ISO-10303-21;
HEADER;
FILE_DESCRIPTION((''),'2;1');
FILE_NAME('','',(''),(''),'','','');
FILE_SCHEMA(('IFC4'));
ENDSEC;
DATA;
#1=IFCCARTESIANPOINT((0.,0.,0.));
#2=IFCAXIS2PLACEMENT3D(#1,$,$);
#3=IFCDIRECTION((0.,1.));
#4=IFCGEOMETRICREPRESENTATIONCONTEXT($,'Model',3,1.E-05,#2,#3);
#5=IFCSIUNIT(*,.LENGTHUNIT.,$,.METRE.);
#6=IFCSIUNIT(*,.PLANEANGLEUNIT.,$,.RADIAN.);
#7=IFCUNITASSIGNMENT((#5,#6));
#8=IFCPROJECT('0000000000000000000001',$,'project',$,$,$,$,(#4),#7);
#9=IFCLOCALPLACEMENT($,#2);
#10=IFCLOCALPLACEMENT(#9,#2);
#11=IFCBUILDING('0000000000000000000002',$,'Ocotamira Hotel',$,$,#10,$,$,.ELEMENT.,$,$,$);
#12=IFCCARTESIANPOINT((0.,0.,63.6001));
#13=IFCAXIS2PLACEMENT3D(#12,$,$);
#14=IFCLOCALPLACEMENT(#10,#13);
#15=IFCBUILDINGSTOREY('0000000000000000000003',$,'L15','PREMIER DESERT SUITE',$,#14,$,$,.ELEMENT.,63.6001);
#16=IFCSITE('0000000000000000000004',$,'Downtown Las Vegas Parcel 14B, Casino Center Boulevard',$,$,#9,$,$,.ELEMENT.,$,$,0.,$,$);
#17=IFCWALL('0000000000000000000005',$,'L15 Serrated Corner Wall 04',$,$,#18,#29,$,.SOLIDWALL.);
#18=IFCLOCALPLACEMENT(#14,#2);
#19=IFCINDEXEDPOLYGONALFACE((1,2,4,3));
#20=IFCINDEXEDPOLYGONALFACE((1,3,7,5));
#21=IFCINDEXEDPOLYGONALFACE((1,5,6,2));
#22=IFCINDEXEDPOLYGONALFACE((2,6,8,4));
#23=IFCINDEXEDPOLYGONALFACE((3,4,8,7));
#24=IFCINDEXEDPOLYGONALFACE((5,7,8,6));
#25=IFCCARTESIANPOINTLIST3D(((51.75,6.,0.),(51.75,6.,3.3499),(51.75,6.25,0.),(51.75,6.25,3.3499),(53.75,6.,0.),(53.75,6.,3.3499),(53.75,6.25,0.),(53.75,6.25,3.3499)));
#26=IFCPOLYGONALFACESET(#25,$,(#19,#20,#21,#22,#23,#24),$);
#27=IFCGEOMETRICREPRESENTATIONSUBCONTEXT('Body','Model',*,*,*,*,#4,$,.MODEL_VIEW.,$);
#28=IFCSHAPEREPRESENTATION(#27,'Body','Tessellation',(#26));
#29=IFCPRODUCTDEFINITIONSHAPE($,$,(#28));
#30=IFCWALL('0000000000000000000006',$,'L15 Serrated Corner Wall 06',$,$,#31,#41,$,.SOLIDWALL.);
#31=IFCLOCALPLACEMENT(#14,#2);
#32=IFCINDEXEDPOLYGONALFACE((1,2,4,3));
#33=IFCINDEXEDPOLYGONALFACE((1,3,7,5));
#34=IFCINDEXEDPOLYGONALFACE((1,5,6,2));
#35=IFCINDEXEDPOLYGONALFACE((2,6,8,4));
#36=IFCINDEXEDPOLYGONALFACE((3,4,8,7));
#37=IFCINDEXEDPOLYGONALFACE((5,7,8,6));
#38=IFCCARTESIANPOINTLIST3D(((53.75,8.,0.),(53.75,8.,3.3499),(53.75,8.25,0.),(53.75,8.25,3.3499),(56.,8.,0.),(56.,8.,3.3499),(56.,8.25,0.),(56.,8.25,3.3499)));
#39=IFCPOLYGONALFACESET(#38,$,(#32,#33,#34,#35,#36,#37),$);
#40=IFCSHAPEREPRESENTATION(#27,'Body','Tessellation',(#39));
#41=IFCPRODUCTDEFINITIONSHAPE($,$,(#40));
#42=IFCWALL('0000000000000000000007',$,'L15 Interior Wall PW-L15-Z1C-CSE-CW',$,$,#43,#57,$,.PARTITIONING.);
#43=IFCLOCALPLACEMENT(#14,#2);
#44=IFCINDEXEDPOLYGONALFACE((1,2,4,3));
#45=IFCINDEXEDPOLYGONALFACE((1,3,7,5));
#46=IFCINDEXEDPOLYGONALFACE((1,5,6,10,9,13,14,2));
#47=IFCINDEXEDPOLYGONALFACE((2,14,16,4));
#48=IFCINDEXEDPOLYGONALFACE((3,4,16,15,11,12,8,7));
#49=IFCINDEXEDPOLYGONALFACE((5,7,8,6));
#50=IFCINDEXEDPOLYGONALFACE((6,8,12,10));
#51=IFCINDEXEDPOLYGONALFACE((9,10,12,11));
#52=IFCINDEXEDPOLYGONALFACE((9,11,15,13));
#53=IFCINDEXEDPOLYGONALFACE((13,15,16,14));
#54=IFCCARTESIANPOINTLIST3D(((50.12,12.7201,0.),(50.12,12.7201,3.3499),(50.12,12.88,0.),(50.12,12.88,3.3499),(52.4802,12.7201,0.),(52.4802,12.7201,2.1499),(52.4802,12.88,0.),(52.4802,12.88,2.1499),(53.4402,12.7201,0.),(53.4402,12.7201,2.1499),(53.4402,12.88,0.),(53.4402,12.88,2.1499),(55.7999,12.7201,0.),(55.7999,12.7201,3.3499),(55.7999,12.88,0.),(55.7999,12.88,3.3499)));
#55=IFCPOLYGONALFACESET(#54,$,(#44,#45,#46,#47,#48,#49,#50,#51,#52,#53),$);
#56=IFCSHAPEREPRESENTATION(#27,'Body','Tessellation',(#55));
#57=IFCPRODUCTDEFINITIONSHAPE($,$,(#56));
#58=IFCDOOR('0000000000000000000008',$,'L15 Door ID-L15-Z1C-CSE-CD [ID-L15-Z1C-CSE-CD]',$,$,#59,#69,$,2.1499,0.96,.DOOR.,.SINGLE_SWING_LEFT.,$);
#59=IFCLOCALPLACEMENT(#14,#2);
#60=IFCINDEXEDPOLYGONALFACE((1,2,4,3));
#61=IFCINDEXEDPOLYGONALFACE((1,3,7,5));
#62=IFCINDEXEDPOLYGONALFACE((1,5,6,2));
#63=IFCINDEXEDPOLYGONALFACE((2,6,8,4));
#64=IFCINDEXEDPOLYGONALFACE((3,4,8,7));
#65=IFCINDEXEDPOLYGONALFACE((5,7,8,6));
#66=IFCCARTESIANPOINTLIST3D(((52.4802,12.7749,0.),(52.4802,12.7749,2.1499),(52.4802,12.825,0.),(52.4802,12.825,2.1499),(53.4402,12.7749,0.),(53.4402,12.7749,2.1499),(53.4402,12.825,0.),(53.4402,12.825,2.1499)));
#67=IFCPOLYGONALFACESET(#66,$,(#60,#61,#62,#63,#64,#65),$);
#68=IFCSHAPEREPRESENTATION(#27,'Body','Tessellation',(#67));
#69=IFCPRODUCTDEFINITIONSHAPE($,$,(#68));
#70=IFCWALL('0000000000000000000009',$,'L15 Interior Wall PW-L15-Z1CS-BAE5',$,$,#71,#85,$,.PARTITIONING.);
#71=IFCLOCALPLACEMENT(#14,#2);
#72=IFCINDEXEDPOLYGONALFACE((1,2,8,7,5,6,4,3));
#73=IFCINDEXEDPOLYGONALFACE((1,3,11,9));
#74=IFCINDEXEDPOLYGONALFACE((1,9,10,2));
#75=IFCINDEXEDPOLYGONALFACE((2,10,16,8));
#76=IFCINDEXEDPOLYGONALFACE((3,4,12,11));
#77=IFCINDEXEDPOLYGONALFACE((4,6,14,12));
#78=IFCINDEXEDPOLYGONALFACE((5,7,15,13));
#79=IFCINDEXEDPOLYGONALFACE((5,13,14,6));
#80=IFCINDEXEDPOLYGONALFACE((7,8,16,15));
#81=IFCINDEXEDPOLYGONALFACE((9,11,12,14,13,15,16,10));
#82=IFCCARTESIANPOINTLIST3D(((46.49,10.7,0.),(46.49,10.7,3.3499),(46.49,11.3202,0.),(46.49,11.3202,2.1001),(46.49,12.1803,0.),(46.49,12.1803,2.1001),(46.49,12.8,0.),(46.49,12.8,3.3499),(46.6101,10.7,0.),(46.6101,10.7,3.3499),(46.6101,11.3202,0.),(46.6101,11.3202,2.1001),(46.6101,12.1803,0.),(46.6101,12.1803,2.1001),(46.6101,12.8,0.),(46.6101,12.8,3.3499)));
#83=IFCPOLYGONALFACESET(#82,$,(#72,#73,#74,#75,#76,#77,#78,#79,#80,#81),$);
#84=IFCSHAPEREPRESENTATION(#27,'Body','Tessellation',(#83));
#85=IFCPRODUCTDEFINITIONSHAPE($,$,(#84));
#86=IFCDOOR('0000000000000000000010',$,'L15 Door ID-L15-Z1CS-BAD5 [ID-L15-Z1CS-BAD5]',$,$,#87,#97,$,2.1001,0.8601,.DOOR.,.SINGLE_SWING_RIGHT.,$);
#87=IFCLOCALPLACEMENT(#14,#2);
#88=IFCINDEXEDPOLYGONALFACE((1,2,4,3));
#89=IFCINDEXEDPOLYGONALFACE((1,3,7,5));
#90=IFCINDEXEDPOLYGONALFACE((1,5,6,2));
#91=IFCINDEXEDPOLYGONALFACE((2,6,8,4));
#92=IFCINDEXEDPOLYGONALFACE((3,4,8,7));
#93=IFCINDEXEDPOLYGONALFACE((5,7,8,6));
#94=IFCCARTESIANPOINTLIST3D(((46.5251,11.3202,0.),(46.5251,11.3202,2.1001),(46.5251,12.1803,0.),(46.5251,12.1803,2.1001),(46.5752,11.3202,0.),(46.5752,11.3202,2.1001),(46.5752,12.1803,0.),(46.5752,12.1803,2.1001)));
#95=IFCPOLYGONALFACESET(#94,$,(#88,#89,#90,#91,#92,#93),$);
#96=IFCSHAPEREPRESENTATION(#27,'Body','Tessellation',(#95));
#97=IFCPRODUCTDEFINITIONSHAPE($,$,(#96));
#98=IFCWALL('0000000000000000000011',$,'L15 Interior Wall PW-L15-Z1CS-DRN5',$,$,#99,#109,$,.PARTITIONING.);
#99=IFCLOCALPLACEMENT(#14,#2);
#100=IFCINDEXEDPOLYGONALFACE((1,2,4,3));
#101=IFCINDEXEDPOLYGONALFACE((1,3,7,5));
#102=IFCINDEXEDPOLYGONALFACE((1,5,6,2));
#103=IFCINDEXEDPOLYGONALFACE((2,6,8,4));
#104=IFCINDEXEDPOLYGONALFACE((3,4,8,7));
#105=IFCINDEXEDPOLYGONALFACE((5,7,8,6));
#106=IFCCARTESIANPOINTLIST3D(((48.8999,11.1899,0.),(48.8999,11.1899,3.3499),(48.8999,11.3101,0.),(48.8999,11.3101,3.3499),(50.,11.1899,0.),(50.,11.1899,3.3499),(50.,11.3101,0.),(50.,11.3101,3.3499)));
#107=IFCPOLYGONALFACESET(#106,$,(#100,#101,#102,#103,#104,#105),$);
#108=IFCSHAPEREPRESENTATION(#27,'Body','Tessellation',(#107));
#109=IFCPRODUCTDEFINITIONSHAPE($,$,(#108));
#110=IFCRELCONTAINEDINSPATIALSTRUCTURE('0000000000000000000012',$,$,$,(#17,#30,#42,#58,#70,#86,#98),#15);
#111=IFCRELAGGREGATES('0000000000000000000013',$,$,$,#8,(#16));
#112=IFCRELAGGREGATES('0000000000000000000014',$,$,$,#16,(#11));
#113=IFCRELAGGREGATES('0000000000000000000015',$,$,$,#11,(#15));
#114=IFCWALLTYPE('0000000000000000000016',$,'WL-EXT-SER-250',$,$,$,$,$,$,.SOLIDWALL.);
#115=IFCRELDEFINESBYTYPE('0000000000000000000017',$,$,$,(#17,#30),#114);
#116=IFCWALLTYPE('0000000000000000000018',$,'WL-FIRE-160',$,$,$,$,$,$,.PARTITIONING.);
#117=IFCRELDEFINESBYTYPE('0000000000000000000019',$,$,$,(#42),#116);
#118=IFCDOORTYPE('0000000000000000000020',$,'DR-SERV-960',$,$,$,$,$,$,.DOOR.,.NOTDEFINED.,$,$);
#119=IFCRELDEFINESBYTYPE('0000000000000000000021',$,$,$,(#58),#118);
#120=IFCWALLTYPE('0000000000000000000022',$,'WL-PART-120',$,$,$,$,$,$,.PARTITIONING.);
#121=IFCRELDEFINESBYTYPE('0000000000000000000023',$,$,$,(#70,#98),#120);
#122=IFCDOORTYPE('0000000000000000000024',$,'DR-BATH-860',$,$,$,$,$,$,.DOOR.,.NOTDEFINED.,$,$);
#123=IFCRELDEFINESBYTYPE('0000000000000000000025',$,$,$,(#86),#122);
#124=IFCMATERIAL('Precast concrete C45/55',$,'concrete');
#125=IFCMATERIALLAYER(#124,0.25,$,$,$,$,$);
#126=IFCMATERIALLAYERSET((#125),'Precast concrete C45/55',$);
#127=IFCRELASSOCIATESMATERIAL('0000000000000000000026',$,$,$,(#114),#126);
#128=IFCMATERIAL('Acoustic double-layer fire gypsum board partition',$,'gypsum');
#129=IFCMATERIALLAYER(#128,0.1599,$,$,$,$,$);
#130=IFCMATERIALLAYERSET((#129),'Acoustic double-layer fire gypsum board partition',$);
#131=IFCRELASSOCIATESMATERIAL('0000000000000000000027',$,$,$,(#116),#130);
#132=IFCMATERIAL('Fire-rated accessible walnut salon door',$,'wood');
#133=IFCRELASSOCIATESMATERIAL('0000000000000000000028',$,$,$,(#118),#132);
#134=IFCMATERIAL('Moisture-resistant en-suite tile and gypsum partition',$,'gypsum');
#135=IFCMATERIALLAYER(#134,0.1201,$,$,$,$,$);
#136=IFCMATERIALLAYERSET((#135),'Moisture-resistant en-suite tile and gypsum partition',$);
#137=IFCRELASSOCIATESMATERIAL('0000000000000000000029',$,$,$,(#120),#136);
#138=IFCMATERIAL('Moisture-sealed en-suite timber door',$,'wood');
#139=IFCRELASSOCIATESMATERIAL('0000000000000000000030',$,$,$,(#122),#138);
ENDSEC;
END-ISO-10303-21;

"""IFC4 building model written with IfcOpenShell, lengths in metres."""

from ifc_helpers import new_model, si_unit, direction, frame, frame_2d, origin, place, context, subcontext, project, spatial, rectangle, extrude, source, transform, mapped, material, layer, layer_set, type_object, element, fill, save


model = new_model("IFC4")

# Units and contexts
model_context = context("Model", 3, precision=1e-05, world=origin(), true_north=direction((0.0, 1.0)))
body_context = subcontext(model_context, "Body", "Model", "MODEL_VIEW")
ifc_project = project(units=[si_unit("LENGTHUNIT", "METRE"), si_unit("PLANEANGLEUNIT", "RADIAN")], contexts=[model_context])

# Site, building, storey
site_placement = place(None, origin())
site = spatial("IfcSite", under=ifc_project, at=site_placement, Name="Downtown Las Vegas Parcel 14B, Casino Center Boulevard", CompositionType="ELEMENT", RefElevation=0.0)
building_placement = place(site_placement, origin())
building = spatial("IfcBuilding", under=site, at=building_placement, Name="Ocotamira Hotel", CompositionType="ELEMENT")
storey_placement = place(building_placement, frame((0.0, 0.0, 63.6001)))
storey = spatial("IfcBuildingStorey", under=building, at=storey_placement, Name="L15", Description="PREMIER DESERT SUITE", CompositionType="ELEMENT", Elevation=63.6001)

# Walls
ifc_material_1 = material(Name="Precast concrete C45/55", Category="concrete")
ifc_layer_1 = layer(ifc_material_1, 0.25)
ifc_layer_set_1 = layer_set([ifc_layer_1], Name="Precast concrete C45/55")
wall_type_1 = type_object("IfcWallType", Name="WL-EXT-SER-250", PredefinedType="SOLIDWALL", material=ifc_layer_set_1)
wall_1_placement = place(storey_placement, frame((51.75, 6.125, 0.0), z_axis=(0.0, 0.0, 1.0), x_axis=(1.0, 0.0, 0.0)))
element("IfcWall", 1, at=wall_1_placement, inside=storey, type_object=wall_type_1, Name="L15 Serrated Corner Wall 04", PredefinedType="SOLIDWALL", context=body_context, shape_type="SweptSolid", body=[
    extrude(rectangle(XDim=2.0, YDim=0.25, at=frame_2d((1.0, 0.0))), origin(), (0.0, 0.0, 1.0), 3.3499),
])
wall_2_placement = place(storey_placement, frame((53.75, 8.125, 0.0), z_axis=(0.0, 0.0, 1.0), x_axis=(1.0, 0.0, 0.0)))
element("IfcWall", 2, at=wall_2_placement, inside=storey, type_object=wall_type_1, Name="L15 Serrated Corner Wall 06", PredefinedType="SOLIDWALL", context=body_context, shape_type="SweptSolid", body=[
    extrude(rectangle(XDim=2.25, YDim=0.25, at=frame_2d((1.125, 0.0))), origin(), (0.0, 0.0, 1.0), 3.3499),
])

# Walls, openings, doors
ifc_material_2 = material(Name="Acoustic double-layer fire gypsum board partition", Category="gypsum")
ifc_layer_2 = layer(ifc_material_2, 0.1599)
ifc_layer_set_2 = layer_set([ifc_layer_2], Name="Acoustic double-layer fire gypsum board partition")
wall_type_2 = type_object("IfcWallType", Name="WL-FIRE-160", PredefinedType="PARTITIONING", material=ifc_layer_set_2)
wall_3_placement = place(storey_placement, frame((50.1201, 12.8, 0.0), z_axis=(0.0, 0.0, 1.0), x_axis=(1.0, 0.0, 0.0)))
wall_3 = element("IfcWall", 3, at=wall_3_placement, inside=storey, type_object=wall_type_2, Name="L15 Interior Wall PW-L15-Z1C-CSE-CW", PredefinedType="PARTITIONING", context=body_context, shape_type="SweptSolid", body=[
    extrude(rectangle(XDim=5.6799, YDim=0.1599, at=frame_2d((2.8398, 0.0))), origin(), (0.0, 0.0, 1.0), 3.3499),
])
opening_1_placement = place(wall_3_placement, frame((2.3601, 0.0, 0.0)))
opening_1 = element("IfcOpeningElement", 4, at=opening_1_placement, cuts=wall_3, PredefinedType="OPENING", context=body_context, shape_type="SweptSolid", body=[
    extrude(rectangle(XDim=0.96, YDim=2.1499, at=frame_2d((0.48, 1.075))), frame((0.0, 0.0898, 0.0), z_axis=(0.0, -1.0, 0.0), x_axis=(1.0, 0.0, 0.0)), (0.0, 0.0, 1.0), 0.1799),
])
ifc_material_3 = material(Name="Fire-rated accessible walnut salon door", Category="wood")
door_type_1 = type_object("IfcDoorType", Name="DR-SERV-960", OperationType="NOTDEFINED", PredefinedType="DOOR", material=ifc_material_3)
shared_shape_1 = source(origin(), body_context, "Body", "SweptSolid", [
    extrude(rectangle(XDim=0.96, YDim=2.1499, at=frame_2d((0.48, 1.075))), frame((0.0, 0.0249, 0.0), z_axis=(0.0, -1.0, 0.0), x_axis=(1.0, 0.0, 0.0)), (0.0, 0.0, 1.0), 0.05),
])
door_1_placement = place(opening_1_placement, origin())
door_1 = element("IfcDoor", 5, at=door_1_placement, inside=storey, type_object=door_type_1, Name="L15 Door ID-L15-Z1C-CSE-CD [ID-L15-Z1C-CSE-CD]", OperationType="SINGLE_SWING_LEFT", OverallHeight=2.1499, OverallWidth=0.96, PredefinedType="DOOR", context=body_context, shape_type="MappedRepresentation", body=[
    mapped(shared_shape_1, transform((0.0, 0.0, 0.0), scale=1.0)),
])
fill(opening_1, door_1)
ifc_material_4 = material(Name="Moisture-resistant en-suite tile and gypsum partition", Category="gypsum")
ifc_layer_3 = layer(ifc_material_4, 0.1201)
ifc_layer_set_3 = layer_set([ifc_layer_3], Name="Moisture-resistant en-suite tile and gypsum partition")
wall_type_3 = type_object("IfcWallType", Name="WL-PART-120", PredefinedType="PARTITIONING", material=ifc_layer_set_3)
wall_4_placement = place(storey_placement, frame((46.55, 10.7, 0.0), z_axis=(0.0, 0.0, 1.0), x_axis=(0.0, 1.0, 0.0)))
wall_4 = element("IfcWall", 6, at=wall_4_placement, inside=storey, type_object=wall_type_3, Name="L15 Interior Wall PW-L15-Z1CS-BAE5", PredefinedType="PARTITIONING", context=body_context, shape_type="SweptSolid", body=[
    extrude(rectangle(XDim=2.1001, YDim=0.1201, at=frame_2d((1.05, 0.0))), origin(), (0.0, 0.0, 1.0), 3.3499),
])
opening_2_placement = place(wall_4_placement, frame((0.6201, 0.0, 0.0)))
opening_2 = element("IfcOpeningElement", 7, at=opening_2_placement, cuts=wall_4, PredefinedType="OPENING", context=body_context, shape_type="SweptSolid", body=[
    extrude(rectangle(XDim=0.8601, YDim=2.1001, at=frame_2d((0.4302, 1.05))), frame((0.0, 0.0701, 0.0), z_axis=(0.0, -1.0, 0.0), x_axis=(1.0, 0.0, 0.0)), (0.0, 0.0, 1.0), 0.1401),
])
ifc_material_5 = material(Name="Moisture-sealed en-suite timber door", Category="wood")
door_type_2 = type_object("IfcDoorType", Name="DR-BATH-860", OperationType="NOTDEFINED", PredefinedType="DOOR", material=ifc_material_5)
shared_shape_2 = source(origin(), body_context, "Body", "SweptSolid", [
    extrude(rectangle(XDim=0.8601, YDim=2.1001, at=frame_2d((0.4302, 1.05))), frame((0.0, 0.0249, 0.0), z_axis=(0.0, -1.0, 0.0), x_axis=(1.0, 0.0, 0.0)), (0.0, 0.0, 1.0), 0.05),
])
door_2_placement = place(opening_2_placement, origin())
door_2 = element("IfcDoor", 8, at=door_2_placement, inside=storey, type_object=door_type_2, Name="L15 Door ID-L15-Z1CS-BAD5 [ID-L15-Z1CS-BAD5]", OperationType="SINGLE_SWING_RIGHT", OverallHeight=2.1001, OverallWidth=0.8601, PredefinedType="DOOR", context=body_context, shape_type="MappedRepresentation", body=[
    mapped(shared_shape_2, transform((0.0, 0.0, 0.0), scale=1.0)),
])
fill(opening_2, door_2)

# Wall
wall_5_placement = place(storey_placement, frame((48.8999, 11.25, 0.0), z_axis=(0.0, 0.0, 1.0), x_axis=(1.0, 0.0, 0.0)))
element("IfcWall", 9, at=wall_5_placement, inside=storey, type_object=wall_type_3, Name="L15 Interior Wall PW-L15-Z1CS-DRN5", PredefinedType="PARTITIONING", context=body_context, shape_type="SweptSolid", body=[
    extrude(rectangle(XDim=1.1001, YDim=0.1201, at=frame_2d((0.55, 0.0))), origin(), (0.0, 0.0, 1.0), 3.3499),
])

save(model, "model.ifc")
